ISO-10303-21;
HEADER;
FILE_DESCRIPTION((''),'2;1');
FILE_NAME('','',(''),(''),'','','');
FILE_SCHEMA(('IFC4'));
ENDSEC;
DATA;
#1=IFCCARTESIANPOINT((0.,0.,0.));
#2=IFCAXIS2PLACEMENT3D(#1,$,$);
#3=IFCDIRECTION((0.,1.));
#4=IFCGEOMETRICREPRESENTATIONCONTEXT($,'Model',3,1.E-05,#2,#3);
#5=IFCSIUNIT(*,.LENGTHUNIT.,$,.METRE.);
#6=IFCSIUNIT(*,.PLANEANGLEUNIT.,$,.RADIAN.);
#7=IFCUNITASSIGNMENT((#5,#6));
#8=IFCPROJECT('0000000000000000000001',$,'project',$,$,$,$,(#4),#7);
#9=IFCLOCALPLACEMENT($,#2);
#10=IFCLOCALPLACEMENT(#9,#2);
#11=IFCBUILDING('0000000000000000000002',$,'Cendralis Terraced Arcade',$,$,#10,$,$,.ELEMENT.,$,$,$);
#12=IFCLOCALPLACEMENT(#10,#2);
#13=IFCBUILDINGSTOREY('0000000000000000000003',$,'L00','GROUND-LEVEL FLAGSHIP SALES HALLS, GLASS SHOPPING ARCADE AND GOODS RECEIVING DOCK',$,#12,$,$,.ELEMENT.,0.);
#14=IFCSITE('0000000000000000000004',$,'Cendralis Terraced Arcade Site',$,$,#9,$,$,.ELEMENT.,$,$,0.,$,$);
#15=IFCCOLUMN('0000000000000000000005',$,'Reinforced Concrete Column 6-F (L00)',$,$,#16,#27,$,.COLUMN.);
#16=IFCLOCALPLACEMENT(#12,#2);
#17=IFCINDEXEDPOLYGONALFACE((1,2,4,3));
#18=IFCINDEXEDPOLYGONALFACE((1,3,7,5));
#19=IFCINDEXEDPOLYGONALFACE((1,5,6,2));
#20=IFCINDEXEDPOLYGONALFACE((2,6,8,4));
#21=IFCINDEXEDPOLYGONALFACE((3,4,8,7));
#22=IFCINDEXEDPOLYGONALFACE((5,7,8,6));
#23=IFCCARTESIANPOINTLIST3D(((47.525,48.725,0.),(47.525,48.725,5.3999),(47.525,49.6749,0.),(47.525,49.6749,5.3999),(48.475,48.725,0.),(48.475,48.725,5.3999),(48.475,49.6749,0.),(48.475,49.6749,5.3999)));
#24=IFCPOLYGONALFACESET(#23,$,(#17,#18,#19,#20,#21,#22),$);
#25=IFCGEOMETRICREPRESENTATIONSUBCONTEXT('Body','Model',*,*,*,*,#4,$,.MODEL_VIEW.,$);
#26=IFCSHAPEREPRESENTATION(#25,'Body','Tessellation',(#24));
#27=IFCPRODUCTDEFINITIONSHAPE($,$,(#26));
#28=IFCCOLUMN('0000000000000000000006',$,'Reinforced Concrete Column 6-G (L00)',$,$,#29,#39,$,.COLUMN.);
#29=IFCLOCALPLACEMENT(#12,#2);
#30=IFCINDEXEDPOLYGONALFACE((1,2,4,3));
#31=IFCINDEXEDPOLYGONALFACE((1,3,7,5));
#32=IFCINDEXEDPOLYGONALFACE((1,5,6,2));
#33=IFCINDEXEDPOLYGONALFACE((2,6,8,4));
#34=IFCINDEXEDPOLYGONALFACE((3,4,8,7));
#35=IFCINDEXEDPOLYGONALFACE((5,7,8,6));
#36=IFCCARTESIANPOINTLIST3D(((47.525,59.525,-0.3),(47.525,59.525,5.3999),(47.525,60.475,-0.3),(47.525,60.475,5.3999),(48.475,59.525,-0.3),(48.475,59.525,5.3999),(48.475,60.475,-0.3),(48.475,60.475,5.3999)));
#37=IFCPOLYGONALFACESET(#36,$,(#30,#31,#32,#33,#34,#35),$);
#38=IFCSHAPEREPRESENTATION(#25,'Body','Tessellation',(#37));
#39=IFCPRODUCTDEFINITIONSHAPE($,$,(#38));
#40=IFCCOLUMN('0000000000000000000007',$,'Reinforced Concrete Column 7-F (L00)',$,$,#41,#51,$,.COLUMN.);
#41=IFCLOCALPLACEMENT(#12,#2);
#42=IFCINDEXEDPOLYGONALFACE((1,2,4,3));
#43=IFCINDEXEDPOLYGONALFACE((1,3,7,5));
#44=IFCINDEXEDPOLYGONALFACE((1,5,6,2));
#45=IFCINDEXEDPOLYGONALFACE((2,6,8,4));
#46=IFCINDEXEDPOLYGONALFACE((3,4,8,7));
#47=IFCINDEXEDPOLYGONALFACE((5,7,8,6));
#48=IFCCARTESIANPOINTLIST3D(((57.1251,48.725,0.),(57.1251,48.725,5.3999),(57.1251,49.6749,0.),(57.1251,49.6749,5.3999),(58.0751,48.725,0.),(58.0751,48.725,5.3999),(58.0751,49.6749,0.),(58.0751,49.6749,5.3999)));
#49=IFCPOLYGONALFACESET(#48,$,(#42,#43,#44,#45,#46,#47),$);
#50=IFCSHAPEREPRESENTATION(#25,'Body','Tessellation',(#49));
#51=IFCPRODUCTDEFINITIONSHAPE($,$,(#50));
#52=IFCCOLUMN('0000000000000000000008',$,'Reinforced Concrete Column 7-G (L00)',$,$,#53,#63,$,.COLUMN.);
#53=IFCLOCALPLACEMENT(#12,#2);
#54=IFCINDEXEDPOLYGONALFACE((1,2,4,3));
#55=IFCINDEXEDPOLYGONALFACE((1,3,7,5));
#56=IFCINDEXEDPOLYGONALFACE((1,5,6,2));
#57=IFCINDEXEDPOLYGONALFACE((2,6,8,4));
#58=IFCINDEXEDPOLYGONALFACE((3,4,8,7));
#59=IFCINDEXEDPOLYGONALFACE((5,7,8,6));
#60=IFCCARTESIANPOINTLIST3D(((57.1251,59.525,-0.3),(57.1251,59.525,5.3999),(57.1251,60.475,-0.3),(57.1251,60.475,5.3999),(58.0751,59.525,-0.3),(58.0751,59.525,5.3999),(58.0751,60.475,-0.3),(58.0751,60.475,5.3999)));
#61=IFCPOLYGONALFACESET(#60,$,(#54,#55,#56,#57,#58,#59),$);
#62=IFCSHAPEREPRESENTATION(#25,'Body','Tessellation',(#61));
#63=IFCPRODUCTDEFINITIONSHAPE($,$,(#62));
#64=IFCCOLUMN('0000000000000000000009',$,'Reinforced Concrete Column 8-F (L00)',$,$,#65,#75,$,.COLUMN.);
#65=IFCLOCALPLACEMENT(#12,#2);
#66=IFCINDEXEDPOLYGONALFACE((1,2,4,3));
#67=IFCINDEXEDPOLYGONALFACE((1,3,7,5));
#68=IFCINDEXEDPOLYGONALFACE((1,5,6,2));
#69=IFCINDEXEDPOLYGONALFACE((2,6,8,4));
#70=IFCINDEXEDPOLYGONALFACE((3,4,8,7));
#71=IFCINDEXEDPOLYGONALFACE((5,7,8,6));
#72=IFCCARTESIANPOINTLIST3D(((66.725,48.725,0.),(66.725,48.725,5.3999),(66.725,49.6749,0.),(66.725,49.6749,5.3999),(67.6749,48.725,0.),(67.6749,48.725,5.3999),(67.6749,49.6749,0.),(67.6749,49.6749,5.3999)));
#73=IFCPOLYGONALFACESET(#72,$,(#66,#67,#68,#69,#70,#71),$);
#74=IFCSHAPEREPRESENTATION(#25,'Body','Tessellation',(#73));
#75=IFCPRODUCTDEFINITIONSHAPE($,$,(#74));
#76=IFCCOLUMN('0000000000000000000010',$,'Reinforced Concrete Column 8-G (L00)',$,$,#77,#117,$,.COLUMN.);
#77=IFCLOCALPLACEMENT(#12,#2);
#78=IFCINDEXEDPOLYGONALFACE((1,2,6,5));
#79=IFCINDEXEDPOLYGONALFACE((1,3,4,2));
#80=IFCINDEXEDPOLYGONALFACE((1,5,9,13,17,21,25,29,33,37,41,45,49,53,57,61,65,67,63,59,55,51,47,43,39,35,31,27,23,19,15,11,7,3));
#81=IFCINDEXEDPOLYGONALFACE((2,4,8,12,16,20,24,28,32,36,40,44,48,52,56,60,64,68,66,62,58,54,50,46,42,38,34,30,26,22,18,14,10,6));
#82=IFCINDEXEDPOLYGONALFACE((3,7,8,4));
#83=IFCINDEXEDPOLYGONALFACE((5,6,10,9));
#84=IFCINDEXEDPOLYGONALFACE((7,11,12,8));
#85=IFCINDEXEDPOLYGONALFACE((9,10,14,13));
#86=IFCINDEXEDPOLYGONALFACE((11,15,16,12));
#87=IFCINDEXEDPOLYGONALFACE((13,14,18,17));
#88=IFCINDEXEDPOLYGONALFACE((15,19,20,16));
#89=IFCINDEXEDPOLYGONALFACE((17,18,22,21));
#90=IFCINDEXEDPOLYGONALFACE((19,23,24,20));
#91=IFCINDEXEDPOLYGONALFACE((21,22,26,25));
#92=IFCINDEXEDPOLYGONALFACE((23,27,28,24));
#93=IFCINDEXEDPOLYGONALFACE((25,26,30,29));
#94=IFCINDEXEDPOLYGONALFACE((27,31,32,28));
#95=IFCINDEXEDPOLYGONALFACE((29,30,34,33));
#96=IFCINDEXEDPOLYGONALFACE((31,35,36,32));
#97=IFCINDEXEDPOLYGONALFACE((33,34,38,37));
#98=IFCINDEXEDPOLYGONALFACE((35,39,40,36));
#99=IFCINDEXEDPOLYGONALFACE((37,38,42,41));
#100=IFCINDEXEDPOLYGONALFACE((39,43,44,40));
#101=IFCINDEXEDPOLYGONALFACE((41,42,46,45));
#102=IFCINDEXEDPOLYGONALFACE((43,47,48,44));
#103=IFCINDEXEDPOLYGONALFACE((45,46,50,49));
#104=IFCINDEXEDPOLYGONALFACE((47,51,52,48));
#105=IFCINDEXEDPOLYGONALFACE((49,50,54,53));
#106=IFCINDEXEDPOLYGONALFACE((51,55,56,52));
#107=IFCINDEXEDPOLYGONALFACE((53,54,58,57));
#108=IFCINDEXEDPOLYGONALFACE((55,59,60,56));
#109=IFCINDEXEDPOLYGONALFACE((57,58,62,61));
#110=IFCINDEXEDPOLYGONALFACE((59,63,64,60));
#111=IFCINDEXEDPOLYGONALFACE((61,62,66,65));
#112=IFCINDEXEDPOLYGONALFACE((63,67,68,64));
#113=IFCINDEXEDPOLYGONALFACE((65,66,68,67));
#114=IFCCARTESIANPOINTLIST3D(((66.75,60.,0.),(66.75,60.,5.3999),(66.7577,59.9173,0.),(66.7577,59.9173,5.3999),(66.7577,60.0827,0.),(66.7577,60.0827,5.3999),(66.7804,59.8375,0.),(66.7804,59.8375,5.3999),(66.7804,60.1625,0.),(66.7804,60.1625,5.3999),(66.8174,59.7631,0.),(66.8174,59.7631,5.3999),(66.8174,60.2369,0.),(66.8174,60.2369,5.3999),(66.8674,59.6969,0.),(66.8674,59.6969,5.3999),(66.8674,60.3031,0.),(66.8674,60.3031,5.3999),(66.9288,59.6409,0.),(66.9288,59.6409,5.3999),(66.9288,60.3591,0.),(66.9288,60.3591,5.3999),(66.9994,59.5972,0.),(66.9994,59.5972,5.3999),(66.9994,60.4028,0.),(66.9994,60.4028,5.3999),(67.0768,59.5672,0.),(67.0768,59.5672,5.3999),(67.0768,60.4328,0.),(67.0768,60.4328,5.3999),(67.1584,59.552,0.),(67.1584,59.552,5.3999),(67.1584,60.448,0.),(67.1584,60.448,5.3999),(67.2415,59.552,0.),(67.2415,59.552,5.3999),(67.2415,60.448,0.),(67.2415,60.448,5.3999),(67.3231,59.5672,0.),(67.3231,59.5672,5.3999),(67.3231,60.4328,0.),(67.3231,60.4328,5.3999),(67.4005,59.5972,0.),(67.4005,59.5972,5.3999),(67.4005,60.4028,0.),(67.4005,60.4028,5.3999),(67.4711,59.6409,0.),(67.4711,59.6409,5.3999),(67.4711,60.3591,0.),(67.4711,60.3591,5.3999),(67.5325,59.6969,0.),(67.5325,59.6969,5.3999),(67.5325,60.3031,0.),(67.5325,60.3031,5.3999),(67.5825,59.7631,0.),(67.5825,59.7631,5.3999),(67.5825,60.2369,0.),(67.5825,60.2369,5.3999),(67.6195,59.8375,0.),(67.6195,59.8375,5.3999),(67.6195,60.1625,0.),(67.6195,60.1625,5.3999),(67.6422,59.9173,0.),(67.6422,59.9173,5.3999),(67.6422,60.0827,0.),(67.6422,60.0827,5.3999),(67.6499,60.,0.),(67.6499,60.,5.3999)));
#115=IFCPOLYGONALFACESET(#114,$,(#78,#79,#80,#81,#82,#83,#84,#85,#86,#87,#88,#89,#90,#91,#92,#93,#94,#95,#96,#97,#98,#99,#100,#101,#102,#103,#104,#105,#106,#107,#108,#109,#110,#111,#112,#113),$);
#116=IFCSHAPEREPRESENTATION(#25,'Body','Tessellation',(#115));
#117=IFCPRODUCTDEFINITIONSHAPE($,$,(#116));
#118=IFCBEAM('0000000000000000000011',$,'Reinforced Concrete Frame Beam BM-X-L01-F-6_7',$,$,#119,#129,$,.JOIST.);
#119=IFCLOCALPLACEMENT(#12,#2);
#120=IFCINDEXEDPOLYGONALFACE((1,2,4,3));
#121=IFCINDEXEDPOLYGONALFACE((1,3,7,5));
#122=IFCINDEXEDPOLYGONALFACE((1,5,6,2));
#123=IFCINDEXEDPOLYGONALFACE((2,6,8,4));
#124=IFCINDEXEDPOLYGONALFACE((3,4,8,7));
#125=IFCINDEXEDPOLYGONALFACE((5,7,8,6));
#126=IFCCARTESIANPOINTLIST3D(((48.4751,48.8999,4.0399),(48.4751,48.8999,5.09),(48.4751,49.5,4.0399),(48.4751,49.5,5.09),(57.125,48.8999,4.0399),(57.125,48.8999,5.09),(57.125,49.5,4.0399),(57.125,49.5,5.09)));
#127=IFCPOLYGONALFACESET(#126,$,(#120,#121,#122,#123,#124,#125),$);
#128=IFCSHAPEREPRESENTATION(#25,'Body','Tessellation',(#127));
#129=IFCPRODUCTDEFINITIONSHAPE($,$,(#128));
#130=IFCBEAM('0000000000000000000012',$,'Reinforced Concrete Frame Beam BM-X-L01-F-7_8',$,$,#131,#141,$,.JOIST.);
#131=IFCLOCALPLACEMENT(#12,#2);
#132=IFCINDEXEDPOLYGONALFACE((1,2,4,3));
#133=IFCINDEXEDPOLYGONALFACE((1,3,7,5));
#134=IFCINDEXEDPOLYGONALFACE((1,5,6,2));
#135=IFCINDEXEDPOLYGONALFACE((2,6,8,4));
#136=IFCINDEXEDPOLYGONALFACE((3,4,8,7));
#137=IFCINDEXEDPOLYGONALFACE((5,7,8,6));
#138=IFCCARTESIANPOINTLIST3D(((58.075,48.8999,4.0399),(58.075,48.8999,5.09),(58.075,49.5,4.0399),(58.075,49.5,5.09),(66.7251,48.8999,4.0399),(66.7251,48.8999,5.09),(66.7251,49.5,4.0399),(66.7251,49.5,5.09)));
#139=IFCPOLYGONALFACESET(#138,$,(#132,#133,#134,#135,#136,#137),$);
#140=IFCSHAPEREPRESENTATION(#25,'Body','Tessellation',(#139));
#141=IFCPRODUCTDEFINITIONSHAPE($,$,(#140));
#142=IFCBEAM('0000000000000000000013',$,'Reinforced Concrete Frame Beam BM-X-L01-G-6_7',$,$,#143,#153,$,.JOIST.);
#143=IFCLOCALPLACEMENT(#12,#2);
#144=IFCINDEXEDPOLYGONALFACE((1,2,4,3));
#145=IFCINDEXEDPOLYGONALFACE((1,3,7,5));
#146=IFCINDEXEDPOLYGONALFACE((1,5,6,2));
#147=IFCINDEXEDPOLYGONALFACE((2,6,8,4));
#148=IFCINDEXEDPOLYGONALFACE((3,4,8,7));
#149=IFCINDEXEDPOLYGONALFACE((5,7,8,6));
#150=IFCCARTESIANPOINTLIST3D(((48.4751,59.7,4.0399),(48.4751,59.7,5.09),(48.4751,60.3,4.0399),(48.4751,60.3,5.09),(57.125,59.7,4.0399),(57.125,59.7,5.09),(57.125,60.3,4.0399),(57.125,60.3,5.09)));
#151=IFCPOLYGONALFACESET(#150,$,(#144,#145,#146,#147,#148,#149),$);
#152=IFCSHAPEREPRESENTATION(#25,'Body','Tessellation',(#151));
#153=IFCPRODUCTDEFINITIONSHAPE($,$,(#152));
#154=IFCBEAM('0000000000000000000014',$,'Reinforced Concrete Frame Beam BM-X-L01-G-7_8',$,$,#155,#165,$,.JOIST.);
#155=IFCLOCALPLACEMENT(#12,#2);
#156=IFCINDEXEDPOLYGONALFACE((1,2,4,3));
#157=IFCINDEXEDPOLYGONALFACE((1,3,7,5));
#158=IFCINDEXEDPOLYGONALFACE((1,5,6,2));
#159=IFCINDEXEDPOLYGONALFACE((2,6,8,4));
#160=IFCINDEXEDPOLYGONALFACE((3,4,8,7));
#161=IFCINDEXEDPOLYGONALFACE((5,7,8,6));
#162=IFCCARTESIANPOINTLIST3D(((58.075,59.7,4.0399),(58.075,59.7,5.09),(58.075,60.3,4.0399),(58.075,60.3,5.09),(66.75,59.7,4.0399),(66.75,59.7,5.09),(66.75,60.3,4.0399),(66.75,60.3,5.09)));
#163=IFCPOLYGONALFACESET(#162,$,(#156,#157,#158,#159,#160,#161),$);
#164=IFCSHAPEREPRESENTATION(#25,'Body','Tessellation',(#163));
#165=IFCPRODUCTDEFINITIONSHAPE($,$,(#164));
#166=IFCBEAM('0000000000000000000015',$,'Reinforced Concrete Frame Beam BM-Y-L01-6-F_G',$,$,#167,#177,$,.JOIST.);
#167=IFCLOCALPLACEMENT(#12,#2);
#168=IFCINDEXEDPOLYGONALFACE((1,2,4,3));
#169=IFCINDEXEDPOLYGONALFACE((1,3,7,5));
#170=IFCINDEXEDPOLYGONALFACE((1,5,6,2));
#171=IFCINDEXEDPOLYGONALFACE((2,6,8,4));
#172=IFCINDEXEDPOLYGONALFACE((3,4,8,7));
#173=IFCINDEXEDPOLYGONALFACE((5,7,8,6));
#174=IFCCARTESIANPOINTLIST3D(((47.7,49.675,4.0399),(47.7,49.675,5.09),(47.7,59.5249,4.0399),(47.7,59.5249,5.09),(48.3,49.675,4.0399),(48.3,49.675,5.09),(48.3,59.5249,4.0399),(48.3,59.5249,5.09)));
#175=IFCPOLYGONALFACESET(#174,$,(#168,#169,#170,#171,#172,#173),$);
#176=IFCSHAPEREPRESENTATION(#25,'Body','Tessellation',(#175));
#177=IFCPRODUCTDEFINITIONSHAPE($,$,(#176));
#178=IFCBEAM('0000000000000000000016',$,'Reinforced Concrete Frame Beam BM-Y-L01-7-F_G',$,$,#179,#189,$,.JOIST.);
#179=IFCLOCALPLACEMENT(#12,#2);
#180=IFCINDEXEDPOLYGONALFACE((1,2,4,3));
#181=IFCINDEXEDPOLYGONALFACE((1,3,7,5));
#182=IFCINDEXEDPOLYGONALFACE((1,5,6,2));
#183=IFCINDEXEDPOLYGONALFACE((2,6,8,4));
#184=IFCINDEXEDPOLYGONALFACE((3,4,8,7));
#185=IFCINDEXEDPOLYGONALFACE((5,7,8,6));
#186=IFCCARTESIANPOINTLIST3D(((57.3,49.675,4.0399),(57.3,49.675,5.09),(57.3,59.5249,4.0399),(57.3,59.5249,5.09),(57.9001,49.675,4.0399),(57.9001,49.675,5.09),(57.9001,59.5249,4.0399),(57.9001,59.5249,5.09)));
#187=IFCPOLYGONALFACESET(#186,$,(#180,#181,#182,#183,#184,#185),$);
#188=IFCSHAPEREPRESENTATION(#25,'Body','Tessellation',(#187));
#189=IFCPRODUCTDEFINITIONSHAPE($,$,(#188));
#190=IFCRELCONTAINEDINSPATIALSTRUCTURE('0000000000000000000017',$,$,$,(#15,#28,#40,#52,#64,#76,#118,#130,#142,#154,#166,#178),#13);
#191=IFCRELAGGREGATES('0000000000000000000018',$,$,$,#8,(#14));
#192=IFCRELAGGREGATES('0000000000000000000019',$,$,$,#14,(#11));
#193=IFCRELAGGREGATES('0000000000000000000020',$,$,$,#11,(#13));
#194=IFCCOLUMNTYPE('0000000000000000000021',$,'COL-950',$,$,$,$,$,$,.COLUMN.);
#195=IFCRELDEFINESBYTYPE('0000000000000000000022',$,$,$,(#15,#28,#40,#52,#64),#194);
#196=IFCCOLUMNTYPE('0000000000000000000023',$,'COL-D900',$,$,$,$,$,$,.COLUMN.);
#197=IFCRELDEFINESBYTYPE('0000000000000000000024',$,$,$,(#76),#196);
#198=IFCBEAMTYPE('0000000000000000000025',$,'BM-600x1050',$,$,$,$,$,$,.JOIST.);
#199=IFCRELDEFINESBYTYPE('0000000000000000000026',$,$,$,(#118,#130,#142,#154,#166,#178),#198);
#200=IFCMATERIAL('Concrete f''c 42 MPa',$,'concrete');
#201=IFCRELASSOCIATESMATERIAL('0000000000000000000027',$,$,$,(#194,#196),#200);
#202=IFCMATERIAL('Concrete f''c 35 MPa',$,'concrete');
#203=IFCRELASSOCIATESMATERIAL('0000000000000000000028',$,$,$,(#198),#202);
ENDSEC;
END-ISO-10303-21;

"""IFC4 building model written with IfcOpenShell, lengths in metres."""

from ifc_helpers import new_model, si_unit, direction, frame, origin, origin_2d, place, context, subcontext, project, spatial, rectangle, circle, extrude, material, material_profile, profile_set, type_object, element, save


model = new_model("IFC4")

# Units and contexts
model_context = context("Model", 3, precision=1e-05, world=origin(), true_north=direction((0.0, 1.0)))
body_context = subcontext(model_context, "Body", "Model", "MODEL_VIEW")
ifc_project = project(units=[si_unit("LENGTHUNIT", "METRE"), si_unit("PLANEANGLEUNIT", "RADIAN")], contexts=[model_context])

# Site, building, storey
site_placement = place(None, origin())
site = spatial("IfcSite", under=ifc_project, at=site_placement, Name="Cendralis Terraced Arcade Site", CompositionType="ELEMENT", RefElevation=0.0)
building_placement = place(site_placement, origin())
building = spatial("IfcBuilding", under=site, at=building_placement, Name="Cendralis Terraced Arcade", CompositionType="ELEMENT")
storey_placement = place(building_placement, origin())
storey = spatial("IfcBuildingStorey", under=building, at=storey_placement, Name="L00", Description="GROUND-LEVEL FLAGSHIP SALES HALLS, GLASS SHOPPING ARCADE AND GOODS RECEIVING DOCK", CompositionType="ELEMENT", Elevation=0.0)

# Shared definitions
ifc_material_1 = material(Name="Concrete f'c 35 MPa", Category="concrete")

# Columns
ifc_material_2 = material(Name="Concrete f'c 42 MPa", Category="concrete")
ifc_material_profile_1 = material_profile(ifc_material_2, rectangle(XDim=0.95, YDim=0.95, at=origin_2d()), Name="RC-COL-950x950", Category="LoadBearing")
ifc_profile_set_1 = profile_set([ifc_material_profile_1], Name="Concrete f'c 42 MPa")
column_type_1 = type_object("IfcColumnType", Name="COL-950", PredefinedType="COLUMN", material=ifc_profile_set_1)
column_1_placement = place(storey_placement, frame((48.0, 49.2, 0.0), z_axis=(0.0, 0.0, 1.0), x_axis=(1.0, 0.0, 0.0)))
element("IfcColumn", 1, at=column_1_placement, inside=storey, type_object=column_type_1, Name="Reinforced Concrete Column 6-F (L00)", PredefinedType="COLUMN", context=body_context, shape_type="SweptSolid", body=[
    extrude(rectangle(XDim=0.95, YDim=0.95, at=origin_2d()), origin(), (0.0, 0.0, 1.0), 5.3999),
])
column_2_placement = place(storey_placement, frame((48.0, 60.0, -0.3), z_axis=(0.0, 0.0, 1.0), x_axis=(1.0, 0.0, 0.0)))
element("IfcColumn", 2, at=column_2_placement, inside=storey, type_object=column_type_1, Name="Reinforced Concrete Column 6-G (L00)", PredefinedType="COLUMN", context=body_context, shape_type="SweptSolid", body=[
    extrude(rectangle(XDim=0.95, YDim=0.95, at=origin_2d()), origin(), (0.0, 0.0, 1.0), 5.7),
])
column_3_placement = place(storey_placement, frame((57.6001, 49.2, 0.0), z_axis=(0.0, 0.0, 1.0), x_axis=(1.0, 0.0, 0.0)))
element("IfcColumn", 3, at=column_3_placement, inside=storey, type_object=column_type_1, Name="Reinforced Concrete Column 7-F (L00)", PredefinedType="COLUMN", context=body_context, shape_type="SweptSolid", body=[
    extrude(rectangle(XDim=0.95, YDim=0.95, at=origin_2d()), origin(), (0.0, 0.0, 1.0), 5.3999),
])
column_4_placement = place(storey_placement, frame((57.6001, 60.0, -0.3), z_axis=(0.0, 0.0, 1.0), x_axis=(1.0, 0.0, 0.0)))
element("IfcColumn", 4, at=column_4_placement, inside=storey, type_object=column_type_1, Name="Reinforced Concrete Column 7-G (L00)", PredefinedType="COLUMN", context=body_context, shape_type="SweptSolid", body=[
    extrude(rectangle(XDim=0.95, YDim=0.95, at=origin_2d()), origin(), (0.0, 0.0, 1.0), 5.7),
])
column_5_placement = place(storey_placement, frame((67.2, 49.2, 0.0), z_axis=(0.0, 0.0, 1.0), x_axis=(1.0, 0.0, 0.0)))
element("IfcColumn", 5, at=column_5_placement, inside=storey, type_object=column_type_1, Name="Reinforced Concrete Column 8-F (L00)", PredefinedType="COLUMN", context=body_context, shape_type="SweptSolid", body=[
    extrude(rectangle(XDim=0.95, YDim=0.95, at=origin_2d()), origin(), (0.0, 0.0, 1.0), 5.3999),
])
ifc_material_profile_2 = material_profile(ifc_material_2, circle(Radius=0.45, at=origin_2d()), Name="RC-COL-D900", Category="LoadBearing")
ifc_profile_set_2 = profile_set([ifc_material_profile_2], Name="Concrete f'c 42 MPa")
column_type_2 = type_object("IfcColumnType", Name="COL-D900", PredefinedType="COLUMN", material=ifc_profile_set_2)
column_6_placement = place(storey_placement, frame((67.2, 60.0, 0.0), z_axis=(0.0, 0.0, 1.0), x_axis=(1.0, 0.0, 0.0)))
element("IfcColumn", 6, at=column_6_placement, inside=storey, type_object=column_type_2, Name="Reinforced Concrete Column 8-G (L00)", PredefinedType="COLUMN", context=body_context, shape_type="SweptSolid", body=[
    extrude(circle(Radius=0.45, at=origin_2d()), origin(), (0.0, 0.0, 1.0), 5.3999),
])

# Beams
ifc_material_profile_3 = material_profile(ifc_material_1, rectangle(XDim=0.6001, YDim=1.05, at=origin_2d()), Name="RC-BM-600x1050", Category="LoadBearing")
ifc_profile_set_3 = profile_set([ifc_material_profile_3], Name="Concrete f'c 35 MPa")
beam_type = type_object("IfcBeamType", Name="BM-600x1050", PredefinedType="JOIST", material=ifc_profile_set_3)
beam_1_placement = place(storey_placement, frame((48.4751, 49.2, 4.5649), z_axis=(1.0, 0.0, 0.0), x_axis=(0.0, 1.0, 0.0)))
element("IfcBeam", 7, at=beam_1_placement, inside=storey, type_object=beam_type, Name="Reinforced Concrete Frame Beam BM-X-L01-F-6_7", PredefinedType="JOIST", context=body_context, shape_type="SweptSolid", body=[
    extrude(rectangle(XDim=0.6001, YDim=1.05, at=origin_2d()), origin(), (0.0, 0.0, 1.0), 8.6499),
])
beam_2_placement = place(storey_placement, frame((58.075, 49.2, 4.5649), z_axis=(1.0, 0.0, 0.0), x_axis=(0.0, 1.0, 0.0)))
element("IfcBeam", 8, at=beam_2_placement, inside=storey, type_object=beam_type, Name="Reinforced Concrete Frame Beam BM-X-L01-F-7_8", PredefinedType="JOIST", context=body_context, shape_type="SweptSolid", body=[
    extrude(rectangle(XDim=0.6001, YDim=1.05, at=origin_2d()), origin(), (0.0, 0.0, 1.0), 8.6501),
])
beam_3_placement = place(storey_placement, frame((48.4751, 60.0, 4.5649), z_axis=(1.0, 0.0, 0.0), x_axis=(0.0, 1.0, 0.0)))
element("IfcBeam", 9, at=beam_3_placement, inside=storey, type_object=beam_type, Name="Reinforced Concrete Frame Beam BM-X-L01-G-6_7", PredefinedType="JOIST", context=body_context, shape_type="SweptSolid", body=[
    extrude(rectangle(XDim=0.6001, YDim=1.05, at=origin_2d()), origin(), (0.0, 0.0, 1.0), 8.6499),
])
beam_4_placement = place(storey_placement, frame((58.075, 60.0, 4.5649), z_axis=(1.0, 0.0, 0.0), x_axis=(0.0, 1.0, 0.0)))
element("IfcBeam", 10, at=beam_4_placement, inside=storey, type_object=beam_type, Name="Reinforced Concrete Frame Beam BM-X-L01-G-7_8", PredefinedType="JOIST", context=body_context, shape_type="SweptSolid", body=[
    extrude(rectangle(XDim=0.6001, YDim=1.05, at=origin_2d()), origin(), (0.0, 0.0, 1.0), 8.675),
])
for number, where, z_axis, x_axis, name in (
    (11, (48.0, 49.675, 4.5649), (0.0, 1.0, 0.0), (-1.0, 0.0, 0.0), "Reinforced Concrete Frame Beam BM-Y-L01-6-F_G"),
    (12, (57.6001, 49.675, 4.5649), (0.0, 1.0, 0.0), (-1.0, 0.0, 0.0), "Reinforced Concrete Frame Beam BM-Y-L01-7-F_G"),
):
    element("IfcBeam", number, at=place(storey_placement, frame(where, z_axis=z_axis, x_axis=x_axis)), inside=storey, type_object=beam_type, Name=name, PredefinedType="JOIST", context=body_context, shape_type="SweptSolid", body=[
        extrude(rectangle(XDim=0.6001, YDim=1.05, at=origin_2d()), origin(), (0.0, 0.0, 1.0), 9.8499),
    ])

save(model, "model.ifc")
